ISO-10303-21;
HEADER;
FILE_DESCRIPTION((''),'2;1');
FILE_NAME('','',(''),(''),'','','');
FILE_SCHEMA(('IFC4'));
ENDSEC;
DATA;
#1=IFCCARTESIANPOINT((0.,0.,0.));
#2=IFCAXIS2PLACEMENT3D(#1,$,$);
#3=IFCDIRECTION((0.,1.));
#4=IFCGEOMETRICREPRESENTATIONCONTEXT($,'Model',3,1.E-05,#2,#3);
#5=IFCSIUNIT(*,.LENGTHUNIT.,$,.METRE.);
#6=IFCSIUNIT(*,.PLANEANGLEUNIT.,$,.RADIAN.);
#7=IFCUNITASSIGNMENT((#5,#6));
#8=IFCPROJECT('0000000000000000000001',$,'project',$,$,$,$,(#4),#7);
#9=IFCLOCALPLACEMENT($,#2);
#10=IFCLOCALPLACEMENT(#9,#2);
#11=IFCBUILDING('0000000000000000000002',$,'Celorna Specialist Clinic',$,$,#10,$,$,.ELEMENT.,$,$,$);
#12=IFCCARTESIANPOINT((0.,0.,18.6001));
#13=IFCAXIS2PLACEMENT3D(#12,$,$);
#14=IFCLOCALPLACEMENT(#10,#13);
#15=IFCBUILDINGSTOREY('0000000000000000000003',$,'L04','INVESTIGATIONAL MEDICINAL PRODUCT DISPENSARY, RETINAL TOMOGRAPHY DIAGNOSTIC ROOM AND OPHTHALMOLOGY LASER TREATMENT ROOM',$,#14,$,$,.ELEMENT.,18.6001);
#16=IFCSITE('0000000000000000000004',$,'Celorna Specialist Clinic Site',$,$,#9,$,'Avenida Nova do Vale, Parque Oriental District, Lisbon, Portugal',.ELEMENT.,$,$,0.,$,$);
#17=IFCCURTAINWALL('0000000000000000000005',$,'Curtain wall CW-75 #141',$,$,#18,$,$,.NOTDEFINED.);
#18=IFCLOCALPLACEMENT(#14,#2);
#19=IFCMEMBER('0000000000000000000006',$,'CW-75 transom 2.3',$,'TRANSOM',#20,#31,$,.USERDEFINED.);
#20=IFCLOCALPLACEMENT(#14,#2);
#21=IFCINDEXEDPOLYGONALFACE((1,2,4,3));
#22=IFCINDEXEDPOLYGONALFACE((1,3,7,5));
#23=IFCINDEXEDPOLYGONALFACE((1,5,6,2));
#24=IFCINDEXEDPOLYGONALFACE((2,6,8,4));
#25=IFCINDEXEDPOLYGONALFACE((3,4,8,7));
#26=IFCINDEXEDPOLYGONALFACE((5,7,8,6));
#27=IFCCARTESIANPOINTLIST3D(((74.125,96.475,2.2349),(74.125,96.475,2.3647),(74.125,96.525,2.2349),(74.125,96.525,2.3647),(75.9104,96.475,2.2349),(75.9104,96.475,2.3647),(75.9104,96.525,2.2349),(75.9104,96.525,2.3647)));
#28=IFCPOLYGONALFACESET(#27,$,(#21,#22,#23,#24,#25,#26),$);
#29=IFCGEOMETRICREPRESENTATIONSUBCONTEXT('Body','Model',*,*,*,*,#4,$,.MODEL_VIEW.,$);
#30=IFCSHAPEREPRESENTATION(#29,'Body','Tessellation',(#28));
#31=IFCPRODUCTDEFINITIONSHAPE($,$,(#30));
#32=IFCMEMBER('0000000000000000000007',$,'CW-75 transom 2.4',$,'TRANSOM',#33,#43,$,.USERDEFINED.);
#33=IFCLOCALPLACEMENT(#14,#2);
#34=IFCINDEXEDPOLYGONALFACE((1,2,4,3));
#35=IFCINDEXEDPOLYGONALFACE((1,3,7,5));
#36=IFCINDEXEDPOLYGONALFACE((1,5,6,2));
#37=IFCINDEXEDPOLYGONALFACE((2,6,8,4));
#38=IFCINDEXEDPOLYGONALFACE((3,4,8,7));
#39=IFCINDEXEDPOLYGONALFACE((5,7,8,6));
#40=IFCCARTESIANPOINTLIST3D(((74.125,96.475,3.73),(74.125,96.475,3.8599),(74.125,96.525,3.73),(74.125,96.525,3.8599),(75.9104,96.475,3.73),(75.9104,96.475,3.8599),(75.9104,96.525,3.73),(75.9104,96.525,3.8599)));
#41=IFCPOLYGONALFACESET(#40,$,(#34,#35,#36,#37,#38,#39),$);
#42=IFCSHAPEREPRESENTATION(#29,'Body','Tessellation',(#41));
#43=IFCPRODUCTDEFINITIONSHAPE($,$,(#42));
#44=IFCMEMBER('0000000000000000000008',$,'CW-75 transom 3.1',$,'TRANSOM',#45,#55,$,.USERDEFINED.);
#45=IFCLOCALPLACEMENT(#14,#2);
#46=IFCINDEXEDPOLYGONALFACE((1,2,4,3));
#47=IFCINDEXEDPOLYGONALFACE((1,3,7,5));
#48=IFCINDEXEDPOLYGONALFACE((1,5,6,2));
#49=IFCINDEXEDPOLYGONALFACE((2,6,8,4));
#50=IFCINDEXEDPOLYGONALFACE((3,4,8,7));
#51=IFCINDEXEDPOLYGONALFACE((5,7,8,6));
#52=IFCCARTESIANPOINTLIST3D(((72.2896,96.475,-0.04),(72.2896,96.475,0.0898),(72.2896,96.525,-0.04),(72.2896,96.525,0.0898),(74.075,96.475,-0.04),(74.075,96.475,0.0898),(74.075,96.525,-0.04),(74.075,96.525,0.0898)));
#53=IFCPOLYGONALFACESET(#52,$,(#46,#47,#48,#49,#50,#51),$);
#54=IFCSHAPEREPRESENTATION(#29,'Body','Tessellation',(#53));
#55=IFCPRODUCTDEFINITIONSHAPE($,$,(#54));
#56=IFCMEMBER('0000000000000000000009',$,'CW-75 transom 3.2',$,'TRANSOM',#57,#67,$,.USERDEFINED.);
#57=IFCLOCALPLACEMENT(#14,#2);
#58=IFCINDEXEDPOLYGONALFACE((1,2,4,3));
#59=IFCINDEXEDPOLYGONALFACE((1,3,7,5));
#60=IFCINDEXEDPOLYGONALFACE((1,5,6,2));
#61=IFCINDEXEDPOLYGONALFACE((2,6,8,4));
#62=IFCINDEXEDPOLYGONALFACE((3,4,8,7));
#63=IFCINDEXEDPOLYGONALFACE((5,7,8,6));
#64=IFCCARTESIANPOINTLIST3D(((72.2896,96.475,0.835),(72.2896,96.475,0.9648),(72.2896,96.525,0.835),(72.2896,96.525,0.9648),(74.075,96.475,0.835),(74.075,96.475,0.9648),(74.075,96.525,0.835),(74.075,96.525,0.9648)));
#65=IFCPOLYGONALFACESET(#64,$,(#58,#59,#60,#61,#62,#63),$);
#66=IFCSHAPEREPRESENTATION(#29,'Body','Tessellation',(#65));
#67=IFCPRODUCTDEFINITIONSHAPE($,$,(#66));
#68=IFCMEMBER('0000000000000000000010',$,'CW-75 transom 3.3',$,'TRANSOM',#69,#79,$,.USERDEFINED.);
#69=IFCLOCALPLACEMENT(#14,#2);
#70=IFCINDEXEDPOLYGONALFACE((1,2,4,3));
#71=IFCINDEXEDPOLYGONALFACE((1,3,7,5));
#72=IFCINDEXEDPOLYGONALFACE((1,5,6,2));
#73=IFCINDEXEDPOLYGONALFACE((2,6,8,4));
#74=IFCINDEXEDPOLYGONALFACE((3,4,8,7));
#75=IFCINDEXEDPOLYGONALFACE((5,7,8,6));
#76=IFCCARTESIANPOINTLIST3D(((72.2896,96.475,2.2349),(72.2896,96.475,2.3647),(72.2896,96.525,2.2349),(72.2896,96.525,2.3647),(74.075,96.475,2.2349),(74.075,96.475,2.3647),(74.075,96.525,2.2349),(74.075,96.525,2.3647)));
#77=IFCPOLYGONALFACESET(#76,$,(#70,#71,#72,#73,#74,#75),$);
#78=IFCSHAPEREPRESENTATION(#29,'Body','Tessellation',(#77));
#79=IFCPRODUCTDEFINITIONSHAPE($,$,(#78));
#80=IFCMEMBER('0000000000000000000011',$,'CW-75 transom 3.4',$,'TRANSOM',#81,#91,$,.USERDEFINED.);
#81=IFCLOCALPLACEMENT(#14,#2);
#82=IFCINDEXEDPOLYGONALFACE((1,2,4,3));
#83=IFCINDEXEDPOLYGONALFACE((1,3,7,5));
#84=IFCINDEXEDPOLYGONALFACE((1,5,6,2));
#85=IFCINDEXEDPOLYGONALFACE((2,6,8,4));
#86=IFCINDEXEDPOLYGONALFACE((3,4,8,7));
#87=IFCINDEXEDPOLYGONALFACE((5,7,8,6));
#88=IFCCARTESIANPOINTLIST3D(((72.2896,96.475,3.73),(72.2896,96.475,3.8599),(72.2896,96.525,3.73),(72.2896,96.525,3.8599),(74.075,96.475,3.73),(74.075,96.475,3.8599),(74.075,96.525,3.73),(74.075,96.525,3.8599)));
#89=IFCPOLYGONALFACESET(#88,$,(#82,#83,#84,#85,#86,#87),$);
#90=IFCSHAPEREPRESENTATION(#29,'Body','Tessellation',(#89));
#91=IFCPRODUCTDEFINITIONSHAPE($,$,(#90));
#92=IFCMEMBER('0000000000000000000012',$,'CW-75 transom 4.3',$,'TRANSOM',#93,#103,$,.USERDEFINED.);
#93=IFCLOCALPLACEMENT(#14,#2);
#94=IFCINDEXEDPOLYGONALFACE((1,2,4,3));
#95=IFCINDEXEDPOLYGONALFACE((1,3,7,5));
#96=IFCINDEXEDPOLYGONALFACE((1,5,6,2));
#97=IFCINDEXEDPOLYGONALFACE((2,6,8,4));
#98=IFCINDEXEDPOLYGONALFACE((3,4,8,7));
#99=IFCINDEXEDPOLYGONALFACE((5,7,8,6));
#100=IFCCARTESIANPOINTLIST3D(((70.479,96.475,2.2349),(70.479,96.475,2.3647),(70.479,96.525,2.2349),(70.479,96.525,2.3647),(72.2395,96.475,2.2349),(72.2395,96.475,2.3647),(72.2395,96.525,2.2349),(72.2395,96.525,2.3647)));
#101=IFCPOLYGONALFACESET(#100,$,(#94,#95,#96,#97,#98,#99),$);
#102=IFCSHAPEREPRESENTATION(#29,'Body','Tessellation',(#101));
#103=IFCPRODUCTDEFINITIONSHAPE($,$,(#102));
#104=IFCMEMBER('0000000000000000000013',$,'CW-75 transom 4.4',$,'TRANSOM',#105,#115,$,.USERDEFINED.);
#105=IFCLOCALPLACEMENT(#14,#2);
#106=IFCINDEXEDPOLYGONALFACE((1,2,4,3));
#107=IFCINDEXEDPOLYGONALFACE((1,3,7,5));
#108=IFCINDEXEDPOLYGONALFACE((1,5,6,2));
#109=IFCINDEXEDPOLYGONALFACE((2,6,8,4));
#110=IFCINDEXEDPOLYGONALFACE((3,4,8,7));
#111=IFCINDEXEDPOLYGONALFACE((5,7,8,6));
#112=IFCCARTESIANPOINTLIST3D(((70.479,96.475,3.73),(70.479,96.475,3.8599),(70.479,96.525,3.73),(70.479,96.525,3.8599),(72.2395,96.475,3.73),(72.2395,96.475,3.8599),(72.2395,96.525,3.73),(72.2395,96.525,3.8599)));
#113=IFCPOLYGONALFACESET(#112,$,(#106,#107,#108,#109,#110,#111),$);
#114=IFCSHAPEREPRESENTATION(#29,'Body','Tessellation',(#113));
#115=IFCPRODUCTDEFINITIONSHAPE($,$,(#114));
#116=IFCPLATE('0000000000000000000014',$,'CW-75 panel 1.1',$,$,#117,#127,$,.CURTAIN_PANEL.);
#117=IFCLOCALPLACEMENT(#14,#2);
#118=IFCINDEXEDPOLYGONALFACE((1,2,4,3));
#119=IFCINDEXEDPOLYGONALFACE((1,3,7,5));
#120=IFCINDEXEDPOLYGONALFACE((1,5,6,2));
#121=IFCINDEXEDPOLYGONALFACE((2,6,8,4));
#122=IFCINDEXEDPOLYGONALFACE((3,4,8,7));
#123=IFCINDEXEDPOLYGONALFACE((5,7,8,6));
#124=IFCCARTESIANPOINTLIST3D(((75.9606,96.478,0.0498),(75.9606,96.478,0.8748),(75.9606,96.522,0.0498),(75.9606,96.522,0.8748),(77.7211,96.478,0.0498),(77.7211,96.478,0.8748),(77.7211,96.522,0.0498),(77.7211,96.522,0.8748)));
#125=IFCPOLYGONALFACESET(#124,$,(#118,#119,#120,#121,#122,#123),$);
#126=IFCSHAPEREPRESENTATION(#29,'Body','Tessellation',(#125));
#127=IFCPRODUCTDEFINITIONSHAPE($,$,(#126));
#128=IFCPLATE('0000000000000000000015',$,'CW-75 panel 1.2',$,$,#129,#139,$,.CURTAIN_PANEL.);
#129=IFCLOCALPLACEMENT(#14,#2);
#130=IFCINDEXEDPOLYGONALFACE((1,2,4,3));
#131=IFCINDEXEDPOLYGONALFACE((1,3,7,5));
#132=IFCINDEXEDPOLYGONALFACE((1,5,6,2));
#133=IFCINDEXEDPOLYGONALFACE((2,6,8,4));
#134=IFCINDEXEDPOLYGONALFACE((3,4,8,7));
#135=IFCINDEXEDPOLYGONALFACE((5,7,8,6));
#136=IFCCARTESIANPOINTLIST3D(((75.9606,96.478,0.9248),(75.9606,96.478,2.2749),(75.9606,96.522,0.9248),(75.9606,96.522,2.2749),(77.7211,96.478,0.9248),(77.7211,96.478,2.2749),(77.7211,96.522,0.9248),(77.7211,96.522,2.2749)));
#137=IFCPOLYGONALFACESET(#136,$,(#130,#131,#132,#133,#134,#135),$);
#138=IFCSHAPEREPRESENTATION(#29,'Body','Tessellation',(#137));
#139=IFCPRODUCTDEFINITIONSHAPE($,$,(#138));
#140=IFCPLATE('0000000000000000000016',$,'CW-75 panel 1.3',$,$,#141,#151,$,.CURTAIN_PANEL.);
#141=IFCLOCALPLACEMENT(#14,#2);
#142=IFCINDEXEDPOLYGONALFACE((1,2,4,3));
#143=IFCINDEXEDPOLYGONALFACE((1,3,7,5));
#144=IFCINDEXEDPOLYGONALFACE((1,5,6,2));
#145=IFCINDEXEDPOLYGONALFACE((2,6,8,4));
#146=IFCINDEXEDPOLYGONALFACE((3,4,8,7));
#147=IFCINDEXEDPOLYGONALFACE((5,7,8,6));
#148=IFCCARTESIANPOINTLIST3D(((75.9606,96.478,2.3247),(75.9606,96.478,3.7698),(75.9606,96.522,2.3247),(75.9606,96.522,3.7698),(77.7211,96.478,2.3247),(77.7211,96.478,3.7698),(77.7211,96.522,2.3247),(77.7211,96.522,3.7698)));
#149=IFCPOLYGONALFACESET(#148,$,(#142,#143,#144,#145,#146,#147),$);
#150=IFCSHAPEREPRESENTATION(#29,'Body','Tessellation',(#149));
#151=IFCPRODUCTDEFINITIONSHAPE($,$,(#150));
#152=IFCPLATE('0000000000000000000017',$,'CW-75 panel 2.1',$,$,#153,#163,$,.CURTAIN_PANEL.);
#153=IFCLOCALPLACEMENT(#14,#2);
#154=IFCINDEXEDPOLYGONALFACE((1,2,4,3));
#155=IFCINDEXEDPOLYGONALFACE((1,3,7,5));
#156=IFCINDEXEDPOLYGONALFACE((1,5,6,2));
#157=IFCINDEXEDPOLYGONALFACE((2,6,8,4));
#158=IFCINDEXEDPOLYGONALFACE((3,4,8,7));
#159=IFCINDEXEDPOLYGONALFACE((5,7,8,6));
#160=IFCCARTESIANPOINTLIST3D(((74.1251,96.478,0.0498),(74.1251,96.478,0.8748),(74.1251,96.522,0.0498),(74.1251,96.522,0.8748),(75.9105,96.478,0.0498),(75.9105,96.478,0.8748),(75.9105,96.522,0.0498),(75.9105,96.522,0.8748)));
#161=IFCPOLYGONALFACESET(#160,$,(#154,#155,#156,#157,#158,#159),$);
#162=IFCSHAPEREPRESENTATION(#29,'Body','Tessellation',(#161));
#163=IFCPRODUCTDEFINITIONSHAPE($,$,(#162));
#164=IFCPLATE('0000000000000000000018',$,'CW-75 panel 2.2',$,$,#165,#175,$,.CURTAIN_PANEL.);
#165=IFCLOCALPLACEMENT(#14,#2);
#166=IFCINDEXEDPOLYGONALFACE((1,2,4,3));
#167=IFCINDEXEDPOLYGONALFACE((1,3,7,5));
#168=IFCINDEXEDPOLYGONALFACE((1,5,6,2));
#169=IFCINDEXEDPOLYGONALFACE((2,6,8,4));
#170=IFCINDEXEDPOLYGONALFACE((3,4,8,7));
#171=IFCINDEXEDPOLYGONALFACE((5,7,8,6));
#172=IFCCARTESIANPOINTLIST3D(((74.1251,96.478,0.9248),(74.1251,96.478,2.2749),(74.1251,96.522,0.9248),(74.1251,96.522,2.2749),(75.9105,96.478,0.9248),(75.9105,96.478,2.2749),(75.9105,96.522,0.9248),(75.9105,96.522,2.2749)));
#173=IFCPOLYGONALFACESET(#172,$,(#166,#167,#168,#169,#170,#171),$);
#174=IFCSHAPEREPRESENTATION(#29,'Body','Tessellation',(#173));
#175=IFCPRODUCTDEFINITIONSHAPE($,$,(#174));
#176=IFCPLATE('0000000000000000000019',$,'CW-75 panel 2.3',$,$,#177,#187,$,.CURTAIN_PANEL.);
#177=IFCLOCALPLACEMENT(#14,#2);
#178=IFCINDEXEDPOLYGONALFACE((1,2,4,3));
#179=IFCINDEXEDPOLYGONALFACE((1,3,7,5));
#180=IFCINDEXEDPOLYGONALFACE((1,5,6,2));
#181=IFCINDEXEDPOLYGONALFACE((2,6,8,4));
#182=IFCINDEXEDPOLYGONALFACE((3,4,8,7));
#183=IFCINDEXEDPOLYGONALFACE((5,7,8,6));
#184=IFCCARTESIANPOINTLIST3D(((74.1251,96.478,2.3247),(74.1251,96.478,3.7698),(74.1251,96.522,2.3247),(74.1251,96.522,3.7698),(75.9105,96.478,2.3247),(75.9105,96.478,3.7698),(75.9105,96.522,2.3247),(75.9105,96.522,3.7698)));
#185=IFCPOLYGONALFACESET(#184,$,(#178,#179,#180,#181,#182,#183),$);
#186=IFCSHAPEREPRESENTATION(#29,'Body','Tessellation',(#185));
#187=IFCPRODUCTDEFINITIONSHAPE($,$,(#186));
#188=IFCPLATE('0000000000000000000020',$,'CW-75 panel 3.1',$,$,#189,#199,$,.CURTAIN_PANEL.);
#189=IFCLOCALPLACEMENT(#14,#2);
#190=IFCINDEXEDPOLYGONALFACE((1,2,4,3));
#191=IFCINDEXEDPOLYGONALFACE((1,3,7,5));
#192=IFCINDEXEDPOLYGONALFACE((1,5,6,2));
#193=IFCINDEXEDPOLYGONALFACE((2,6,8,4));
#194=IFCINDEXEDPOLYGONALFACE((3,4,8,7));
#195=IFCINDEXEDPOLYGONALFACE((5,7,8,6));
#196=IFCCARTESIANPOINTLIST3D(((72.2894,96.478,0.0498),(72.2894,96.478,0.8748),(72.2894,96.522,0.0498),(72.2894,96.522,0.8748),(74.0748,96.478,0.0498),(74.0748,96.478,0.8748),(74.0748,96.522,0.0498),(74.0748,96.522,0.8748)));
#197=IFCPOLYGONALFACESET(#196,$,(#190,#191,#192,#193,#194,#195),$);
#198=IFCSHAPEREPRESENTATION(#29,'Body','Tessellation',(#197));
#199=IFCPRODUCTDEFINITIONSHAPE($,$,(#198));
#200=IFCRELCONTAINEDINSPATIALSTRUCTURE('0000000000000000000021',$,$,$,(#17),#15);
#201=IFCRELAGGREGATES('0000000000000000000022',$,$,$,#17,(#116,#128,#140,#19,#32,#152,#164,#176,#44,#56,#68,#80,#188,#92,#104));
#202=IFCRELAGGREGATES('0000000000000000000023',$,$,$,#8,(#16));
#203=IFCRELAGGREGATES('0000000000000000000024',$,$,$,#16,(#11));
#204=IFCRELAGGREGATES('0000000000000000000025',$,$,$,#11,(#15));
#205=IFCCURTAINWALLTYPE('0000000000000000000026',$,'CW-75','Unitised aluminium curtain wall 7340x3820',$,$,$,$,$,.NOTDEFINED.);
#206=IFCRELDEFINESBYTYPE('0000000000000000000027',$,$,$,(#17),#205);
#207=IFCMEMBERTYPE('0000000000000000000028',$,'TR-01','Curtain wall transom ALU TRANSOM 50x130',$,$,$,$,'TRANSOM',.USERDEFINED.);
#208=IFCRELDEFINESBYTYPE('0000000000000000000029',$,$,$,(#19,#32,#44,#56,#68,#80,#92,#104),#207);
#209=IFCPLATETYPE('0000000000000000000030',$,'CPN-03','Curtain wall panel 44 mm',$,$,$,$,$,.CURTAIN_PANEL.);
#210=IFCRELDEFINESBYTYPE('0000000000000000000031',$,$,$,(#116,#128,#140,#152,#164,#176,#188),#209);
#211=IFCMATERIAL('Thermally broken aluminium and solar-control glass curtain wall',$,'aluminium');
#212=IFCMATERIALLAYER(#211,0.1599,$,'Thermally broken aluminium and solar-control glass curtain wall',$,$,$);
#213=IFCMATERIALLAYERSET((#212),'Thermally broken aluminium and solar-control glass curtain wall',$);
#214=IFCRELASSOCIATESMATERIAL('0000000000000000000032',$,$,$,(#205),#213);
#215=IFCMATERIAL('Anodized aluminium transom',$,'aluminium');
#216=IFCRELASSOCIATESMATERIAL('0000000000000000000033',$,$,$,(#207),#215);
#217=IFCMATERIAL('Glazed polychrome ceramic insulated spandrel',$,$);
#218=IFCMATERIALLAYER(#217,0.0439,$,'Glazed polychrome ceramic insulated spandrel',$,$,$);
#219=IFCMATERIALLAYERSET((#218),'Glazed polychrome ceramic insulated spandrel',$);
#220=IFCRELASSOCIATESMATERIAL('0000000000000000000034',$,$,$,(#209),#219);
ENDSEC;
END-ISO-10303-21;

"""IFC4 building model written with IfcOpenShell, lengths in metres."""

from ifc_helpers import new_model, si_unit, direction, frame, origin, origin_2d, place, context, subcontext, project, spatial, rectangle, extrude, material, layer, layer_set, material_profile, profile_set, type_object, element, aggregate, save


model = new_model("IFC4")

# Units and contexts
model_context = context("Model", 3, precision=1e-05, world=origin(), true_north=direction((0.0, 1.0)))
body_context = subcontext(model_context, "Body", "Model", "MODEL_VIEW")
ifc_project = project(units=[si_unit("LENGTHUNIT", "METRE"), si_unit("PLANEANGLEUNIT", "RADIAN")], contexts=[model_context])

# Site, building, storey
site_placement = place(None, origin())
site = spatial("IfcSite", under=ifc_project, at=site_placement, Name="Celorna Specialist Clinic Site", LongName="Avenida Nova do Vale, Parque Oriental District, Lisbon, Portugal", CompositionType="ELEMENT", RefElevation=0.0)
building_placement = place(site_placement, origin())
building = spatial("IfcBuilding", under=site, at=building_placement, Name="Celorna Specialist Clinic", CompositionType="ELEMENT")
storey_placement = place(building_placement, frame((0.0, 0.0, 18.6001)))
storey = spatial("IfcBuildingStorey", under=building, at=storey_placement, Name="L04", Description="INVESTIGATIONAL MEDICINAL PRODUCT DISPENSARY, RETINAL TOMOGRAPHY DIAGNOSTIC ROOM AND OPHTHALMOLOGY LASER TREATMENT ROOM", CompositionType="ELEMENT", Elevation=18.6001)

# Curtain wall, members, plates
ifc_material_1 = material(Name="Thermally broken aluminium and solar-control glass curtain wall", Category="aluminium")
ifc_layer_1 = layer(ifc_material_1, 0.1599, Name="Thermally broken aluminium and solar-control glass curtain wall")
ifc_layer_set_1 = layer_set([ifc_layer_1], Name="Thermally broken aluminium and solar-control glass curtain wall")
curtain_wall_type = type_object("IfcCurtainWallType", Name="CW-75", Description="Unitised aluminium curtain wall 7340x3820", PredefinedType="NOTDEFINED", material=ifc_layer_set_1)
curtain_wall_placement = place(storey_placement, origin())
curtain_wall = element("IfcCurtainWall", 1, at=curtain_wall_placement, inside=storey, type_object=curtain_wall_type, Name="Curtain wall CW-75 #141", PredefinedType="NOTDEFINED")
ifc_material_2 = material(Name="Anodized aluminium transom", Category="aluminium")
ifc_material_profile_1 = material_profile(ifc_material_2, rectangle(XDim=0.05, YDim=0.1299, at=origin_2d()), Name="ALU TRANSOM 50x130")
ifc_profile_set_1 = profile_set([ifc_material_profile_1], Name="Anodized aluminium transom")
member_type_1 = type_object("IfcMemberType", Name="TR-01", Description="Curtain wall transom ALU TRANSOM 50x130", ElementType="TRANSOM", PredefinedType="USERDEFINED", material=ifc_profile_set_1)
member_1_placement = place(storey_placement, frame((75.9104, 96.5, 2.2998), z_axis=(-1.0, 0.0, 0.0), x_axis=(0.0, -1.0, 0.0)))
member_1 = element("IfcMember", 2, at=member_1_placement, type_object=member_type_1, Name="CW-75 transom 2.3", ObjectType="TRANSOM", PredefinedType="USERDEFINED", context=body_context, shape_type="SweptSolid", body=[
    extrude(rectangle(XDim=0.05, YDim=0.1299, at=origin_2d()), origin(), (0.0, 0.0, 1.0), 1.7854),
])
member_2_placement = place(storey_placement, frame((75.9104, 96.5, 3.7949), z_axis=(-1.0, 0.0, 0.0), x_axis=(0.0, -1.0, 0.0)))
member_2 = element("IfcMember", 3, at=member_2_placement, type_object=member_type_1, Name="CW-75 transom 2.4", ObjectType="TRANSOM", PredefinedType="USERDEFINED", context=body_context, shape_type="SweptSolid", body=[
    extrude(rectangle(XDim=0.05, YDim=0.1299, at=origin_2d()), origin(), (0.0, 0.0, 1.0), 1.7854),
])
member_3_placement = place(storey_placement, frame((74.075, 96.5, 0.0249), z_axis=(-1.0, 0.0, 0.0), x_axis=(0.0, -1.0, 0.0)))
member_3 = element("IfcMember", 4, at=member_3_placement, type_object=member_type_1, Name="CW-75 transom 3.1", ObjectType="TRANSOM", PredefinedType="USERDEFINED", context=body_context, shape_type="SweptSolid", body=[
    extrude(rectangle(XDim=0.05, YDim=0.1299, at=origin_2d()), origin(), (0.0, 0.0, 1.0), 1.7854),
])
member_4_placement = place(storey_placement, frame((74.075, 96.5, 0.8999), z_axis=(-1.0, 0.0, 0.0), x_axis=(0.0, -1.0, 0.0)))
member_4 = element("IfcMember", 5, at=member_4_placement, type_object=member_type_1, Name="CW-75 transom 3.2", ObjectType="TRANSOM", PredefinedType="USERDEFINED", context=body_context, shape_type="SweptSolid", body=[
    extrude(rectangle(XDim=0.05, YDim=0.1299, at=origin_2d()), origin(), (0.0, 0.0, 1.0), 1.7854),
])
member_5_placement = place(storey_placement, frame((74.075, 96.5, 2.2998), z_axis=(-1.0, 0.0, 0.0), x_axis=(0.0, -1.0, 0.0)))
member_5 = element("IfcMember", 6, at=member_5_placement, type_object=member_type_1, Name="CW-75 transom 3.3", ObjectType="TRANSOM", PredefinedType="USERDEFINED", context=body_context, shape_type="SweptSolid", body=[
    extrude(rectangle(XDim=0.05, YDim=0.1299, at=origin_2d()), origin(), (0.0, 0.0, 1.0), 1.7854),
])
member_6_placement = place(storey_placement, frame((74.075, 96.5, 3.7949), z_axis=(-1.0, 0.0, 0.0), x_axis=(0.0, -1.0, 0.0)))
member_6 = element("IfcMember", 7, at=member_6_placement, type_object=member_type_1, Name="CW-75 transom 3.4", ObjectType="TRANSOM", PredefinedType="USERDEFINED", context=body_context, shape_type="SweptSolid", body=[
    extrude(rectangle(XDim=0.05, YDim=0.1299, at=origin_2d()), origin(), (0.0, 0.0, 1.0), 1.7854),
])
member_7_placement = place(storey_placement, frame((72.2395, 96.5, 2.2998), z_axis=(-1.0, 0.0, 0.0), x_axis=(0.0, -1.0, 0.0)))
member_7 = element("IfcMember", 8, at=member_7_placement, type_object=member_type_1, Name="CW-75 transom 4.3", ObjectType="TRANSOM", PredefinedType="USERDEFINED", context=body_context, shape_type="SweptSolid", body=[
    extrude(rectangle(XDim=0.05, YDim=0.1299, at=origin_2d()), origin(), (0.0, 0.0, 1.0), 1.7605),
])
member_8_placement = place(storey_placement, frame((72.2395, 96.5, 3.7949), z_axis=(-1.0, 0.0, 0.0), x_axis=(0.0, -1.0, 0.0)))
member_8 = element("IfcMember", 9, at=member_8_placement, type_object=member_type_1, Name="CW-75 transom 4.4", ObjectType="TRANSOM", PredefinedType="USERDEFINED", context=body_context, shape_type="SweptSolid", body=[
    extrude(rectangle(XDim=0.05, YDim=0.1299, at=origin_2d()), origin(), (0.0, 0.0, 1.0), 1.7605),
])
ifc_material_3 = material(Name="Glazed polychrome ceramic insulated spandrel")
ifc_layer_2 = layer(ifc_material_3, 0.0439, Name="Glazed polychrome ceramic insulated spandrel")
ifc_layer_set_2 = layer_set([ifc_layer_2], Name="Glazed polychrome ceramic insulated spandrel")
plate_type = type_object("IfcPlateType", Name="CPN-03", Description="Curtain wall panel 44 mm", PredefinedType="CURTAIN_PANEL", material=ifc_layer_set_2)
plate_1_placement = place(storey_placement, frame((76.8408, 96.5, 0.0498), z_axis=(0.0, 0.0, 1.0), x_axis=(-1.0, 0.0, 0.0)))
plate_1 = element("IfcPlate", 10, at=plate_1_placement, type_object=plate_type, Name="CW-75 panel 1.1", PredefinedType="CURTAIN_PANEL", context=body_context, shape_type="SweptSolid", body=[
    extrude(rectangle(XDim=1.7605, YDim=0.0439, at=origin_2d()), origin(), (0.0, 0.0, 1.0), 0.825),
])
plate_2_placement = place(storey_placement, frame((76.8408, 96.5, 0.9248), z_axis=(0.0, 0.0, 1.0), x_axis=(-1.0, 0.0, 0.0)))
plate_2 = element("IfcPlate", 11, at=plate_2_placement, type_object=plate_type, Name="CW-75 panel 1.2", PredefinedType="CURTAIN_PANEL", context=body_context, shape_type="SweptSolid", body=[
    extrude(rectangle(XDim=1.7605, YDim=0.0439, at=origin_2d()), origin(), (0.0, 0.0, 1.0), 1.3501),
])
plate_3_placement = place(storey_placement, frame((76.8408, 96.5, 2.3247), z_axis=(0.0, 0.0, 1.0), x_axis=(-1.0, 0.0, 0.0)))
plate_3 = element("IfcPlate", 12, at=plate_3_placement, type_object=plate_type, Name="CW-75 panel 1.3", PredefinedType="CURTAIN_PANEL", context=body_context, shape_type="SweptSolid", body=[
    extrude(rectangle(XDim=1.7605, YDim=0.0439, at=origin_2d()), origin(), (0.0, 0.0, 1.0), 1.4451),
])
plate_4_placement = place(storey_placement, frame((75.0178, 96.5, 0.0498), z_axis=(0.0, 0.0, 1.0), x_axis=(-1.0, 0.0, 0.0)))
plate_4 = element("IfcPlate", 13, at=plate_4_placement, type_object=plate_type, Name="CW-75 panel 2.1", PredefinedType="CURTAIN_PANEL", context=body_context, shape_type="SweptSolid", body=[
    extrude(rectangle(XDim=1.7854, YDim=0.0439, at=origin_2d()), origin(), (0.0, 0.0, 1.0), 0.825),
])
plate_5_placement = place(storey_placement, frame((75.0178, 96.5, 0.9248), z_axis=(0.0, 0.0, 1.0), x_axis=(-1.0, 0.0, 0.0)))
plate_5 = element("IfcPlate", 14, at=plate_5_placement, type_object=plate_type, Name="CW-75 panel 2.2", PredefinedType="CURTAIN_PANEL", context=body_context, shape_type="SweptSolid", body=[
    extrude(rectangle(XDim=1.7854, YDim=0.0439, at=origin_2d()), origin(), (0.0, 0.0, 1.0), 1.3501),
])
plate_6_placement = place(storey_placement, frame((75.0178, 96.5, 2.3247), z_axis=(0.0, 0.0, 1.0), x_axis=(-1.0, 0.0, 0.0)))
plate_6 = element("IfcPlate", 15, at=plate_6_placement, type_object=plate_type, Name="CW-75 panel 2.3", PredefinedType="CURTAIN_PANEL", context=body_context, shape_type="SweptSolid", body=[
    extrude(rectangle(XDim=1.7854, YDim=0.0439, at=origin_2d()), origin(), (0.0, 0.0, 1.0), 1.4451),
])
plate_7_placement = place(storey_placement, frame((73.1821, 96.5, 0.0498), z_axis=(0.0, 0.0, 1.0), x_axis=(-1.0, 0.0, 0.0)))
plate_7 = element("IfcPlate", 16, at=plate_7_placement, type_object=plate_type, Name="CW-75 panel 3.1", PredefinedType="CURTAIN_PANEL", context=body_context, shape_type="SweptSolid", body=[
    extrude(rectangle(XDim=1.7854, YDim=0.0439, at=origin_2d()), origin(), (0.0, 0.0, 1.0), 0.825),
])
aggregate(curtain_wall, [plate_1, plate_2, plate_3, member_1, member_2, plate_4, plate_5, plate_6, member_3, member_4, member_5, member_6, plate_7, member_7, member_8])

save(model, "model.ifc")
